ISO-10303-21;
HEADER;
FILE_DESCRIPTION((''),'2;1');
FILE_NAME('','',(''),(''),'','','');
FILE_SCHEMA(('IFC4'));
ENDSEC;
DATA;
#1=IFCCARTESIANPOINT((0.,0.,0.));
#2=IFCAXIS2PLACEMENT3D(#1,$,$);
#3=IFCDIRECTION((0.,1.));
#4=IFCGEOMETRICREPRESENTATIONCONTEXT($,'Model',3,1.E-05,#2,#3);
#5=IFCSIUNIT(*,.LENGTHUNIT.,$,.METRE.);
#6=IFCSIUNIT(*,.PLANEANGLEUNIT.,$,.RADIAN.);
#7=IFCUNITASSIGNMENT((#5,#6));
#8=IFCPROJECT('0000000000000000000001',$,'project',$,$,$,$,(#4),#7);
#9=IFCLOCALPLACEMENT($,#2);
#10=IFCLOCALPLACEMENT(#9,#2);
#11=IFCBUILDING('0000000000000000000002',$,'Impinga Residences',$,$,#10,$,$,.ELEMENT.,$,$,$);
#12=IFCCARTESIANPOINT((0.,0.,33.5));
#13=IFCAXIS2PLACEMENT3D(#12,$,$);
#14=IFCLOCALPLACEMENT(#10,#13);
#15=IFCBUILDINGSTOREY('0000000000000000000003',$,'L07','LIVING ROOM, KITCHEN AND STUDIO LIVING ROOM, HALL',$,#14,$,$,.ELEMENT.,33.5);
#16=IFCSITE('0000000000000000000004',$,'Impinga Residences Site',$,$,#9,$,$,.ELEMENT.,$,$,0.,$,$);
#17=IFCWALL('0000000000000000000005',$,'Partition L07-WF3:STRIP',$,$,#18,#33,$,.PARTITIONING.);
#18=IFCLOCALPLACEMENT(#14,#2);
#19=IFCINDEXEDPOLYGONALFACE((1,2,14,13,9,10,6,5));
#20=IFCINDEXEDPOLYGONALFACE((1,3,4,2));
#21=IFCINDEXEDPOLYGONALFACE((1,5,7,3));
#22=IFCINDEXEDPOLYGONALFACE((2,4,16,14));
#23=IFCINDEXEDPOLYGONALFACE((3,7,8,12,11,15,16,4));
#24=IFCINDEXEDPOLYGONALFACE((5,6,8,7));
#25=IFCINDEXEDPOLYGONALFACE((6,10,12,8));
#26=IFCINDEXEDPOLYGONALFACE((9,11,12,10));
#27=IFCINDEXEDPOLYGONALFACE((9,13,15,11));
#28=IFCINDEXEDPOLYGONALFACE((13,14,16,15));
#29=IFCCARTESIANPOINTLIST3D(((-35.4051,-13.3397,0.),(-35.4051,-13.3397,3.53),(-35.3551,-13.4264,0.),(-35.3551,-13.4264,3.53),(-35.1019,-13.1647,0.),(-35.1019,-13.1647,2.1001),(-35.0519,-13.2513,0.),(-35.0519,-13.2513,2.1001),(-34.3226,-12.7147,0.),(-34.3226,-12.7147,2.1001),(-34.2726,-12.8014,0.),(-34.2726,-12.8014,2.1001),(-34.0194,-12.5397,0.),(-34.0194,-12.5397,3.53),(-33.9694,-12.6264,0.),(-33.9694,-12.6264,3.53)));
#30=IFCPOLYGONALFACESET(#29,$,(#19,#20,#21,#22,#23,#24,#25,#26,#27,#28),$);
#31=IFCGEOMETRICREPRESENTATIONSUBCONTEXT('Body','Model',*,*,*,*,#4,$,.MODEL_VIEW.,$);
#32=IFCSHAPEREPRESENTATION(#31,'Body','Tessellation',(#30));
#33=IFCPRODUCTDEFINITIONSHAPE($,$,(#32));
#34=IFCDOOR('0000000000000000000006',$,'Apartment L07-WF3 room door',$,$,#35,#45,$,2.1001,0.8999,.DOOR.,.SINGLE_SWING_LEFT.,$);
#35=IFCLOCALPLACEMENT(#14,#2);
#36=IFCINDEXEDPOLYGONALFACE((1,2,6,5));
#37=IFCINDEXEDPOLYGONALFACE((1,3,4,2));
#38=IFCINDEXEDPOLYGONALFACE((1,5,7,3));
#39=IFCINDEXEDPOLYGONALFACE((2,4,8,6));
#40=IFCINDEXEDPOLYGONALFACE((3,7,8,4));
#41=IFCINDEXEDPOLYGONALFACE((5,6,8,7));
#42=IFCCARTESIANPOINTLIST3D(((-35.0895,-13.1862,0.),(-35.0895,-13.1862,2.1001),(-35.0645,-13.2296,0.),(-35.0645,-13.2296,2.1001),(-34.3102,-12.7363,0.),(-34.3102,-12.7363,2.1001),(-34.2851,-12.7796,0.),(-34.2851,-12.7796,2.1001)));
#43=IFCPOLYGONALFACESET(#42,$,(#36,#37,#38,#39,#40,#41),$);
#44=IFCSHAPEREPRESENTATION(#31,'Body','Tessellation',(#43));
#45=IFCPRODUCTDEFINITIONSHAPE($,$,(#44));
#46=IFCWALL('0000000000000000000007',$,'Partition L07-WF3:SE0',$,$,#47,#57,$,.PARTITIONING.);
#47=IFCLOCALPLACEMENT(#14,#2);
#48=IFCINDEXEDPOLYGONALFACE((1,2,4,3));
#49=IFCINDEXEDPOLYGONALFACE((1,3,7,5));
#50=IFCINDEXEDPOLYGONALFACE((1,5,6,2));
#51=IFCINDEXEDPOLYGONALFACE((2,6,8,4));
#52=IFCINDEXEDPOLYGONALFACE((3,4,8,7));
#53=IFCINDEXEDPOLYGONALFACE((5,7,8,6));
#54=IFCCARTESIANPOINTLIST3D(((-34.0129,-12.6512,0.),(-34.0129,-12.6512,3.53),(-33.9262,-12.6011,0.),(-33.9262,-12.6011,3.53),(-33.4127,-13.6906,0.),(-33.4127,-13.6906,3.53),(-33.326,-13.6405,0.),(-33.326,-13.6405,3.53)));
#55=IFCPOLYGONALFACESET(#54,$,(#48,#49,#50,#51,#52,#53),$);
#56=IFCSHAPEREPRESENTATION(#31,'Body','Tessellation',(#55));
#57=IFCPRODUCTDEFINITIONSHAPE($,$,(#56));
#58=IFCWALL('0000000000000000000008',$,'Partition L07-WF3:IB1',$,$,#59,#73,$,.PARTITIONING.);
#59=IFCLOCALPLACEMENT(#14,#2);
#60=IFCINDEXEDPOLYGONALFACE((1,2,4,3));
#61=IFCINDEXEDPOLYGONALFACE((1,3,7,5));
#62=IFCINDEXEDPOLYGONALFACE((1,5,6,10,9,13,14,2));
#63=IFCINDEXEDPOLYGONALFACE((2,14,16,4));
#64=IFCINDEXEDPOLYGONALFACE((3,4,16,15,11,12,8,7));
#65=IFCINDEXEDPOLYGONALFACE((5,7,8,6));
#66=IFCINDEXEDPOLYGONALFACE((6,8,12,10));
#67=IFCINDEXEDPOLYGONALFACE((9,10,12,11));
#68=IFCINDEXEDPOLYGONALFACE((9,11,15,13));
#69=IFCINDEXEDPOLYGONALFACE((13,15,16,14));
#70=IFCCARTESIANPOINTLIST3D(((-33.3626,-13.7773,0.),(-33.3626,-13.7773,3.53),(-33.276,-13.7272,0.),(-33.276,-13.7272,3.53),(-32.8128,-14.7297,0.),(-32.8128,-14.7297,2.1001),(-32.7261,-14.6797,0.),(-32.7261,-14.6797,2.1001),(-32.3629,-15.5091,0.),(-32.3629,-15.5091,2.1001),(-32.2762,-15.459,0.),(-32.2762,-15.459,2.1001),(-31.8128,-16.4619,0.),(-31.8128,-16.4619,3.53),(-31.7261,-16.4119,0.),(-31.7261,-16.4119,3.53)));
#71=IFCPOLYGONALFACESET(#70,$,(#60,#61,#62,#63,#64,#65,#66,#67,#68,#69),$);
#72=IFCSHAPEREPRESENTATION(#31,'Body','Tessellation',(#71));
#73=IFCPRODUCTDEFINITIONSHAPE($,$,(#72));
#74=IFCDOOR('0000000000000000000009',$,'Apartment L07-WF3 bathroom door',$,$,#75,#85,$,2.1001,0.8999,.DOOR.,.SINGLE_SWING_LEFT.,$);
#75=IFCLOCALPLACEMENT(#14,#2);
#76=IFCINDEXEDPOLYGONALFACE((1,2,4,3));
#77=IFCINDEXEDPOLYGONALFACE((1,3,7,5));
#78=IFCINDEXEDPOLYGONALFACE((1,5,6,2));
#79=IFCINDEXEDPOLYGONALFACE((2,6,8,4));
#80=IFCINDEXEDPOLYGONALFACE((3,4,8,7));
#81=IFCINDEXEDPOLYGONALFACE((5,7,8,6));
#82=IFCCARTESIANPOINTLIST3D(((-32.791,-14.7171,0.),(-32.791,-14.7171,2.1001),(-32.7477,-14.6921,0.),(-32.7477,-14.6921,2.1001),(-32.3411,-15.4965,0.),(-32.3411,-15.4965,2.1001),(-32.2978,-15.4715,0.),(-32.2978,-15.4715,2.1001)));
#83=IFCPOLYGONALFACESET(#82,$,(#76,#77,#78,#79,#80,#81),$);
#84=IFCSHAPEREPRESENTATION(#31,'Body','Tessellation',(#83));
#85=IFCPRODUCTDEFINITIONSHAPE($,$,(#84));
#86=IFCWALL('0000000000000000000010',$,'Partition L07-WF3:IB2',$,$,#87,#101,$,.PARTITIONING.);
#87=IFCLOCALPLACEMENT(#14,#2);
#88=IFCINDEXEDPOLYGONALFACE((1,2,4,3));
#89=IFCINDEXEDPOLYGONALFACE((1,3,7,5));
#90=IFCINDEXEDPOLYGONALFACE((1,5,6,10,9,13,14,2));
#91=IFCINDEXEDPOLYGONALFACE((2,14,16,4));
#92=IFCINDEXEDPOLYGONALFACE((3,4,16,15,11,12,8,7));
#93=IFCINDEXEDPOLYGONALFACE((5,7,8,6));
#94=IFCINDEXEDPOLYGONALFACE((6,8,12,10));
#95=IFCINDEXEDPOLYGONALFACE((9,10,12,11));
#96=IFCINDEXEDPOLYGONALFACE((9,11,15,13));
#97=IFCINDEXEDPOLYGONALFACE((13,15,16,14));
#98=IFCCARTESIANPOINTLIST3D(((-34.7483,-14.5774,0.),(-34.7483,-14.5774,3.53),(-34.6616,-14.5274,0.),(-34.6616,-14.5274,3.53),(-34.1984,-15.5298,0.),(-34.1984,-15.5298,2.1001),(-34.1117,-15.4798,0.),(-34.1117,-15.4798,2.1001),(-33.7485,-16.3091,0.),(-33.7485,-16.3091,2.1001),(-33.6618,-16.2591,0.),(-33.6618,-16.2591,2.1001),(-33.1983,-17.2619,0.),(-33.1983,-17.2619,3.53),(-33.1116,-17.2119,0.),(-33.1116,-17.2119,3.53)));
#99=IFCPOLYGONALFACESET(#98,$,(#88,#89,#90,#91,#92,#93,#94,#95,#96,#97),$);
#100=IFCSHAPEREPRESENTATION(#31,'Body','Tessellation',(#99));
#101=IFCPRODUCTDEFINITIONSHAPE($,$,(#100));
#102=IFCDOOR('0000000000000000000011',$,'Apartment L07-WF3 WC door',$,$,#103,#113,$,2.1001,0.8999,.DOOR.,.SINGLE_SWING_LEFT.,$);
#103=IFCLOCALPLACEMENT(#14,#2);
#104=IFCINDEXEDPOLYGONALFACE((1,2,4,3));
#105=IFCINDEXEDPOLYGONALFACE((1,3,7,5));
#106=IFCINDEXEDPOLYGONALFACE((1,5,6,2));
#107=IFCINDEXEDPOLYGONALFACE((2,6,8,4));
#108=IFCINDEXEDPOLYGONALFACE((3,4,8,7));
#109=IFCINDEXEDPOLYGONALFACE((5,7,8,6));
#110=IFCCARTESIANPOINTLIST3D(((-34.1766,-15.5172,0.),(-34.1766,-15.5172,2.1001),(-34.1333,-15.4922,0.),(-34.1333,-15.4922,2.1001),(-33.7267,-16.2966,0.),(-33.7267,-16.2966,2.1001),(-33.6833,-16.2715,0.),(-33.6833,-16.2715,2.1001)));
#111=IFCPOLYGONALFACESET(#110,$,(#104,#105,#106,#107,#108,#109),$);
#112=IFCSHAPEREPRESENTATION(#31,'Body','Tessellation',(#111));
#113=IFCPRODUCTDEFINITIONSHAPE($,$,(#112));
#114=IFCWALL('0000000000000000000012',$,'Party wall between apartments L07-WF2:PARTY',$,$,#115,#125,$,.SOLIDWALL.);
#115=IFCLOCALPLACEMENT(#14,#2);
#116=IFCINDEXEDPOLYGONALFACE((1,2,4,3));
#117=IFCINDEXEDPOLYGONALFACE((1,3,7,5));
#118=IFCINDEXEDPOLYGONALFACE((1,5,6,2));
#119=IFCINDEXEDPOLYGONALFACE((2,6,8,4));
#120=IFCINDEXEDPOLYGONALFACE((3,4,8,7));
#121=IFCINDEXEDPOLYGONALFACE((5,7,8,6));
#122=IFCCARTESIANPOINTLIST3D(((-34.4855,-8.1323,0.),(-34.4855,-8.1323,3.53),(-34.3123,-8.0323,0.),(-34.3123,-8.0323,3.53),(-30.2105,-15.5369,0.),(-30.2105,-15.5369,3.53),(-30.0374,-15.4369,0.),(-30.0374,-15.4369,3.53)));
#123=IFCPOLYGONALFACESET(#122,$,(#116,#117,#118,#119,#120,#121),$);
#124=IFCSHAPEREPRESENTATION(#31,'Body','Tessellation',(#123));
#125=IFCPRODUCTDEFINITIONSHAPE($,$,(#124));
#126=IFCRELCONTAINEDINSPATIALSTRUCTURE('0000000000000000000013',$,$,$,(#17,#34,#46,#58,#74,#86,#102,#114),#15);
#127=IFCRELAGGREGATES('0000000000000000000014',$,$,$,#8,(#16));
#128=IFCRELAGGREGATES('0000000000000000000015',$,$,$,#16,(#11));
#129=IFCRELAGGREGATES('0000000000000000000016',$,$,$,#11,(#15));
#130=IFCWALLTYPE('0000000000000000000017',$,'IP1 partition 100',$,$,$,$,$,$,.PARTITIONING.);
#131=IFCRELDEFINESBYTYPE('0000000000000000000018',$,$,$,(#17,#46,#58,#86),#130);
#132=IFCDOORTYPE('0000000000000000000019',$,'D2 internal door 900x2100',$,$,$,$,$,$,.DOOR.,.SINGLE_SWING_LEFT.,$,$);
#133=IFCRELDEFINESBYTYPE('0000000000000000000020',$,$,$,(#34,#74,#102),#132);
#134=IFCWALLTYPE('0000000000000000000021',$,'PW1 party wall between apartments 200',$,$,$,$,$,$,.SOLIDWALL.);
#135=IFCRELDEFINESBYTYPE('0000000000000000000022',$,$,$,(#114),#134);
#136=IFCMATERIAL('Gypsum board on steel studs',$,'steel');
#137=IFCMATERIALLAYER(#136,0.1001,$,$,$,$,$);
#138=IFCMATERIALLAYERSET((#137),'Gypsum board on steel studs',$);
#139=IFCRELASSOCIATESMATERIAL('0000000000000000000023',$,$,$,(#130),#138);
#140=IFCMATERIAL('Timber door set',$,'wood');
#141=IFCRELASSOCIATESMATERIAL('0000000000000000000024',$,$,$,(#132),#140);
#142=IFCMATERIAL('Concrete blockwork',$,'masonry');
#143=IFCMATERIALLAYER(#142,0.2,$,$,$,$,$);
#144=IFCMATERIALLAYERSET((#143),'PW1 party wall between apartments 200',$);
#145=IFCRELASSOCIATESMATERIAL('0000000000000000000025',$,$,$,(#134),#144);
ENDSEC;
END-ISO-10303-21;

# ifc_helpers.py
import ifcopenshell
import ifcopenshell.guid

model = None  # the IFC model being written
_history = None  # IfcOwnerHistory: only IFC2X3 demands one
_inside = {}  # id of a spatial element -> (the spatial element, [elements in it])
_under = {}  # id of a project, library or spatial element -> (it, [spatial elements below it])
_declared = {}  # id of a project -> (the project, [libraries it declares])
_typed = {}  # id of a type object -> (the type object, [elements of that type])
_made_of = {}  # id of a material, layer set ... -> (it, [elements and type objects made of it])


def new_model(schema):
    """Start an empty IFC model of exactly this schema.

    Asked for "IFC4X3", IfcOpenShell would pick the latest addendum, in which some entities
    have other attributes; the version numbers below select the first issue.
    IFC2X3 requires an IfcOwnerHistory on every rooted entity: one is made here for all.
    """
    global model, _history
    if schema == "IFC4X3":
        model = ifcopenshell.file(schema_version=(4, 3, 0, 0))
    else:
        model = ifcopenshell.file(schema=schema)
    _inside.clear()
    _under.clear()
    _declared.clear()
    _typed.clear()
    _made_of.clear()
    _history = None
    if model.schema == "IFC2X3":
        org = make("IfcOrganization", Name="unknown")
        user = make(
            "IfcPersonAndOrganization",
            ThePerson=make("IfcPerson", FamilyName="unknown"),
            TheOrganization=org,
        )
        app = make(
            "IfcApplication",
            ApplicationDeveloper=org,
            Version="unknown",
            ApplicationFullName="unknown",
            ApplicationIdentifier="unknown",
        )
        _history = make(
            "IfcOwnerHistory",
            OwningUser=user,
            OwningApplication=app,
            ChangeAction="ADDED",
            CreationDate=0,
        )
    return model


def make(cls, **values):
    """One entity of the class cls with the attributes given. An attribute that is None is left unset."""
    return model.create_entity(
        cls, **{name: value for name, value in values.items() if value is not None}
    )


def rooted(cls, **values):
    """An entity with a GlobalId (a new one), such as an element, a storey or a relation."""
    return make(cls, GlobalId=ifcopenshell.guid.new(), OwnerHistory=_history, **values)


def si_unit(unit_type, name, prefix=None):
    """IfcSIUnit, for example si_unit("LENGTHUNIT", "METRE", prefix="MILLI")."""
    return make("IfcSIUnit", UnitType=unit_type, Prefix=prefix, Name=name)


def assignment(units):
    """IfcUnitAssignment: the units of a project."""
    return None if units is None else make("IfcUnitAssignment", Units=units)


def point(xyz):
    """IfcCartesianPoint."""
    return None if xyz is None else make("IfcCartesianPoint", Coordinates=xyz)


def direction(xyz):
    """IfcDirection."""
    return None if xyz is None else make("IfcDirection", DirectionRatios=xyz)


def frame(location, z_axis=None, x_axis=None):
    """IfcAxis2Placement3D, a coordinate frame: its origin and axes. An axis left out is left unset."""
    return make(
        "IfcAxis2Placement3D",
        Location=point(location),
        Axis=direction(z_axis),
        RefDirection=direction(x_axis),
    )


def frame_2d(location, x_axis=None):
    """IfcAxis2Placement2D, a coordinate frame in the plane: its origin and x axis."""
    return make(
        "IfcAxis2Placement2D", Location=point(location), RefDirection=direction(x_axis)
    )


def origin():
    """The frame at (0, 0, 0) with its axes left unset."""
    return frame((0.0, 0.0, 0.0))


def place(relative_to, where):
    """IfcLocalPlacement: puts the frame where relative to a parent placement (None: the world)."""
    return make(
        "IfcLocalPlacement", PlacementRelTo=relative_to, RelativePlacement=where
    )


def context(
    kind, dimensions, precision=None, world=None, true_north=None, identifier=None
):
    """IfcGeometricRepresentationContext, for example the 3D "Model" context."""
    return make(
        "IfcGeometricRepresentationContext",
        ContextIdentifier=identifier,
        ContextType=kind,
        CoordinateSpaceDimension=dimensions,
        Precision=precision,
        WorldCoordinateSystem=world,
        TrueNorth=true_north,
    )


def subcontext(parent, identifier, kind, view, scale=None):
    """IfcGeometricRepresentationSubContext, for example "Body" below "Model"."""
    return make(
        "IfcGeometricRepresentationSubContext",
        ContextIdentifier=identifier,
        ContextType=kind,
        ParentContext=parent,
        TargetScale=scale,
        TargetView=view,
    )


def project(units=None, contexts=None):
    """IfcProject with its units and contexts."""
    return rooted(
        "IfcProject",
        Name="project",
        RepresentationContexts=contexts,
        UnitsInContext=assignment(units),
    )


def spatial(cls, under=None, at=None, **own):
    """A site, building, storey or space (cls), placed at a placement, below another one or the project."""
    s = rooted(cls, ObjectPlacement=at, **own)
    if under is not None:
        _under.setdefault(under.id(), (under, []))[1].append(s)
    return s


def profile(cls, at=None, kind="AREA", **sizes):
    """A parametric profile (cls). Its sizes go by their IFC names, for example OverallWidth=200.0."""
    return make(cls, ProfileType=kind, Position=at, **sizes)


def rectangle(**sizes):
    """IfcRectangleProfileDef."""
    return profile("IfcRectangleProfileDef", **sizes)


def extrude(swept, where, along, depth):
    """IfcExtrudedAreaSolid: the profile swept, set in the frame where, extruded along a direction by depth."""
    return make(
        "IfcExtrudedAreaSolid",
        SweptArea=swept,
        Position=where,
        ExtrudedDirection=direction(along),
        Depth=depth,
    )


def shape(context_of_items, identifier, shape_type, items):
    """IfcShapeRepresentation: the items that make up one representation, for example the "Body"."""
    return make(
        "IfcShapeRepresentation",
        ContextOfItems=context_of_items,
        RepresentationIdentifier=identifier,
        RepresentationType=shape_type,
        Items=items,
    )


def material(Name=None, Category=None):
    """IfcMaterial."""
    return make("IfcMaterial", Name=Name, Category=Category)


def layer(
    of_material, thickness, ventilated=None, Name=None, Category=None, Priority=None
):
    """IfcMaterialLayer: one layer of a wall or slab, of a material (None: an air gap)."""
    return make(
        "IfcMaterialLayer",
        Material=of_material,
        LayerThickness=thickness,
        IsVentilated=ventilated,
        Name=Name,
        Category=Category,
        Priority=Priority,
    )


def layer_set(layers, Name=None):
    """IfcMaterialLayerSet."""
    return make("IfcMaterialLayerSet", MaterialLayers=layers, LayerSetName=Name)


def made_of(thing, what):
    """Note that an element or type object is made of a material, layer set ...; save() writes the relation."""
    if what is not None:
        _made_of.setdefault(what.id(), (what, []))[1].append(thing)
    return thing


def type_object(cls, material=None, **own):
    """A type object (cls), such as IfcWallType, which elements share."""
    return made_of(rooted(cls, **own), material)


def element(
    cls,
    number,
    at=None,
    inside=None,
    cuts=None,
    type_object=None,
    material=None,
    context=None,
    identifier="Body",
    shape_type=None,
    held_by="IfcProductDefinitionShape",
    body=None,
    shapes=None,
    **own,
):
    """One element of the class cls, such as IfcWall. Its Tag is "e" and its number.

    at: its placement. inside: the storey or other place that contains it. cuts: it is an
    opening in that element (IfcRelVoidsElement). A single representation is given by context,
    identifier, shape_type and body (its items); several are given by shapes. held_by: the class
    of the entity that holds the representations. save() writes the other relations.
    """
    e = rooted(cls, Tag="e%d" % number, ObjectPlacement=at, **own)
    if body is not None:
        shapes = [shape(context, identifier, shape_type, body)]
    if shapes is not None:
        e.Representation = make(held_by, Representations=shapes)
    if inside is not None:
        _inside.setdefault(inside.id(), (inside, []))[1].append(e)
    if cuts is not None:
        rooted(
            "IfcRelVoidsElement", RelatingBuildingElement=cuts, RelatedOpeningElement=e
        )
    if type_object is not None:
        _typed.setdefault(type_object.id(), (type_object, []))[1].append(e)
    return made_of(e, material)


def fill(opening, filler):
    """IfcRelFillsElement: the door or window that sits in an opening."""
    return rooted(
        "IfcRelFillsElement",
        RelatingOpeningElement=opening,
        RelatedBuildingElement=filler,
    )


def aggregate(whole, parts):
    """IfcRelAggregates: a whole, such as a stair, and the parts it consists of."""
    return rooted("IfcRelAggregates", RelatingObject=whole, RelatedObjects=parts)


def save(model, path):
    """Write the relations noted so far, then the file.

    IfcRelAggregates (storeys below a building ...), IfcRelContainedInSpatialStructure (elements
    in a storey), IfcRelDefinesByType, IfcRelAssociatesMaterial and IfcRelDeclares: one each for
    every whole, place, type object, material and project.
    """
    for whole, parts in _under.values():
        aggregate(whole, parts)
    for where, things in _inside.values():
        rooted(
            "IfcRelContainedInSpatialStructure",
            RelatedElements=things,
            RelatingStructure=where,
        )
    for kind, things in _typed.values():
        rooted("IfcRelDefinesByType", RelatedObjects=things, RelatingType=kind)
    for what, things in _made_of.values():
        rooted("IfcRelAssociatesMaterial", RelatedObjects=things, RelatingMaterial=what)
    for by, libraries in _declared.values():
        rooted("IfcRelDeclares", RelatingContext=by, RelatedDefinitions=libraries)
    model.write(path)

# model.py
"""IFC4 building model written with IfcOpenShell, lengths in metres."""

from ifc_helpers import new_model, si_unit, direction, frame, frame_2d, origin, place, context, subcontext, project, spatial, rectangle, extrude, material, layer, layer_set, type_object, element, fill, save


model = new_model("IFC4")

# Units and contexts
model_context = context("Model", 3, precision=1e-05, world=origin(), true_north=direction((0.0, 1.0)))
body_context = subcontext(model_context, "Body", "Model", "MODEL_VIEW")
ifc_project = project(units=[si_unit("LENGTHUNIT", "METRE"), si_unit("PLANEANGLEUNIT", "RADIAN")], contexts=[model_context])

# Site, building, storey
site_placement = place(None, origin())
site = spatial("IfcSite", under=ifc_project, at=site_placement, Name="Impinga Residences Site", CompositionType="ELEMENT", RefElevation=0.0)
building_placement = place(site_placement, origin())
building = spatial("IfcBuilding", under=site, at=building_placement, Name="Impinga Residences", CompositionType="ELEMENT")
storey_placement = place(building_placement, frame((0.0, 0.0, 33.5)))
storey = spatial("IfcBuildingStorey", under=building, at=storey_placement, Name="L07", Description="LIVING ROOM, KITCHEN AND STUDIO LIVING ROOM, HALL", CompositionType="ELEMENT", Elevation=33.5)

# Shared definitions
ifc_material_1 = material(Name="Gypsum board on steel studs", Category="steel")
ifc_layer_1 = layer(ifc_material_1, 0.1001)
ifc_layer_set_1 = layer_set([ifc_layer_1], Name="Gypsum board on steel studs")
wall_type_1 = type_object("IfcWallType", Name="IP1 partition 100", PredefinedType="PARTITIONING", material=ifc_layer_set_1)
ifc_material_2 = material(Name="Timber door set", Category="wood")
door_type = type_object("IfcDoorType", Name="D2 internal door 900x2100", OperationType="SINGLE_SWING_LEFT", PredefinedType="DOOR", material=ifc_material_2)

# Wall, opening, door
wall_1_placement = place(storey_placement, frame((-33.9944, -12.583, 0.0), z_axis=(0.0, 0.0, 1.0), x_axis=(-0.866028, -0.499995, 0.0)))
wall_1 = element("IfcWall", 1, at=wall_1_placement, inside=storey, type_object=wall_type_1, Name="Partition L07-WF3:STRIP", PredefinedType="PARTITIONING", context=body_context, shape_type="SweptSolid", body=[
    extrude(rectangle(XDim=1.6001, YDim=0.1001, at=frame_2d((0.8, 0.0))), origin(), (0.0, 0.0, 1.0), 3.53),
])
opening_1_placement = place(wall_1_placement, frame((0.3501, 0.0, 0.0)))
opening_1 = element("IfcOpeningElement", 2, at=opening_1_placement, cuts=wall_1, PredefinedType="OPENING", context=body_context, shape_type="SweptSolid", body=[
    extrude(rectangle(XDim=0.8999, YDim=2.1001, at=frame_2d((0.45, 1.05))), frame((0.0, 0.0601, 0.0), z_axis=(0.0, -1.0, 0.0), x_axis=(1.0, 0.0, 0.0)), (0.0, 0.0, 1.0), 0.1201),
])
door_1_placement = place(opening_1_placement, origin())
door_1 = element("IfcDoor", 3, at=door_1_placement, inside=storey, type_object=door_type, Name="Apartment L07-WF3 room door", OperationType="SINGLE_SWING_LEFT", OverallHeight=2.1001, OverallWidth=0.8999, PredefinedType="DOOR", context=body_context, shape_type="SweptSolid", body=[
    extrude(rectangle(XDim=0.8999, YDim=2.1001, at=frame_2d((0.45, 1.05))), frame((0.0, 0.0249, 0.0), z_axis=(0.0, -1.0, 0.0), x_axis=(1.0, 0.0, 0.0)), (0.0, 0.0, 1.0), 0.05),
])
fill(opening_1, door_1)

# Wall
wall_2_placement = place(storey_placement, frame((-33.3694, -13.6655, 0.0), z_axis=(0.0, 0.0, 1.0), x_axis=(-0.500034, 0.866006, 0.0)))
element("IfcWall", 4, at=wall_2_placement, inside=storey, type_object=wall_type_1, Name="Partition L07-WF3:SE0", PredefinedType="PARTITIONING", context=body_context, shape_type="SweptSolid", body=[
    extrude(rectangle(XDim=1.2002, YDim=0.1001, at=frame_2d((0.6001, 0.0))), origin(), (0.0, 0.0, 1.0), 3.53),
])

# Walls, openings, doors
wall_3_placement = place(storey_placement, frame((-31.7695, -16.4368, 0.0), z_axis=(0.0, 0.0, 1.0), x_axis=(-0.499968, 0.866044, 0.0)))
wall_3 = element("IfcWall", 5, at=wall_3_placement, inside=storey, type_object=wall_type_1, Name="Partition L07-WF3:IB1", PredefinedType="PARTITIONING", context=body_context, shape_type="SweptSolid", body=[
    extrude(rectangle(XDim=3.0999, YDim=0.1001, at=frame_2d((1.5498, 0.0))), origin(), (0.0, 0.0, 1.0), 3.53),
])
opening_2_placement = place(wall_3_placement, frame((1.1001, 0.0, 0.0)))
opening_2 = element("IfcOpeningElement", 6, at=opening_2_placement, cuts=wall_3, PredefinedType="OPENING", context=body_context, shape_type="SweptSolid", body=[
    extrude(rectangle(XDim=0.8999, YDim=2.1001, at=frame_2d((0.45, 1.05))), frame((0.0, 0.0601, 0.0), z_axis=(0.0, -1.0, 0.0), x_axis=(1.0, 0.0, 0.0)), (0.0, 0.0, 1.0), 0.1201),
])
door_2_placement = place(opening_2_placement, origin())
door_2 = element("IfcDoor", 7, at=door_2_placement, inside=storey, type_object=door_type, Name="Apartment L07-WF3 bathroom door", OperationType="SINGLE_SWING_LEFT", OverallHeight=2.1001, OverallWidth=0.8999, PredefinedType="DOOR", context=body_context, shape_type="SweptSolid", body=[
    extrude(rectangle(XDim=0.8999, YDim=2.1001, at=frame_2d((0.45, 1.05))), frame((0.0, 0.0249, 0.0), z_axis=(0.0, -1.0, 0.0), x_axis=(1.0, 0.0, 0.0)), (0.0, 0.0, 1.0), 0.05),
])
fill(opening_2, door_2)
wall_4_placement = place(storey_placement, frame((-33.155, -17.2368, 0.0), z_axis=(0.0, 0.0, 1.0), x_axis=(-0.500027, 0.86601, 0.0)))
wall_4 = element("IfcWall", 8, at=wall_4_placement, inside=storey, type_object=wall_type_1, Name="Partition L07-WF3:IB2", PredefinedType="PARTITIONING", context=body_context, shape_type="SweptSolid", body=[
    extrude(rectangle(XDim=3.0999, YDim=0.1001, at=frame_2d((1.5498, 0.0))), origin(), (0.0, 0.0, 1.0), 3.53),
])
opening_3_placement = place(wall_4_placement, frame((1.1001, 0.0, 0.0)))
opening_3 = element("IfcOpeningElement", 9, at=opening_3_placement, cuts=wall_4, PredefinedType="OPENING", context=body_context, shape_type="SweptSolid", body=[
    extrude(rectangle(XDim=0.8999, YDim=2.1001, at=frame_2d((0.45, 1.05))), frame((0.0, 0.0601, 0.0), z_axis=(0.0, -1.0, 0.0), x_axis=(1.0, 0.0, 0.0)), (0.0, 0.0, 1.0), 0.1201),
])
door_3_placement = place(opening_3_placement, origin())
door_3 = element("IfcDoor", 10, at=door_3_placement, inside=storey, type_object=door_type, Name="Apartment L07-WF3 WC door", OperationType="SINGLE_SWING_LEFT", OverallHeight=2.1001, OverallWidth=0.8999, PredefinedType="DOOR", context=body_context, shape_type="SweptSolid", body=[
    extrude(rectangle(XDim=0.8999, YDim=2.1001, at=frame_2d((0.45, 1.05))), frame((0.0, 0.0249, 0.0), z_axis=(0.0, -1.0, 0.0), x_axis=(1.0, 0.0, 0.0)), (0.0, 0.0, 1.0), 0.05),
])
fill(opening_3, door_3)

# Wall
ifc_material_3 = material(Name="Concrete blockwork", Category="masonry")
ifc_layer_2 = layer(ifc_material_3, 0.2)
ifc_layer_set_2 = layer_set([ifc_layer_2], Name="PW1 party wall between apartments 200")
wall_type_2 = type_object("IfcWallType", Name="PW1 party wall between apartments 200", PredefinedType="SOLIDWALL", material=ifc_layer_set_2)
wall_5_placement = place(storey_placement, frame((-30.124, -15.4868, 0.0), z_axis=(0.0, 0.0, 1.0), x_axis=(-0.49999, 0.866031, 0.0)))
element("IfcWall", 11, at=wall_5_placement, inside=storey, type_object=wall_type_2, Name="Party wall between apartments L07-WF2:PARTY", PredefinedType="SOLIDWALL", context=body_context, shape_type="SweptSolid", body=[
    extrude(rectangle(XDim=8.55, YDim=0.2, at=frame_2d((4.2749, 0.0))), origin(), (0.0, 0.0, 1.0), 3.53),
])

save(model, "model.ifc")
